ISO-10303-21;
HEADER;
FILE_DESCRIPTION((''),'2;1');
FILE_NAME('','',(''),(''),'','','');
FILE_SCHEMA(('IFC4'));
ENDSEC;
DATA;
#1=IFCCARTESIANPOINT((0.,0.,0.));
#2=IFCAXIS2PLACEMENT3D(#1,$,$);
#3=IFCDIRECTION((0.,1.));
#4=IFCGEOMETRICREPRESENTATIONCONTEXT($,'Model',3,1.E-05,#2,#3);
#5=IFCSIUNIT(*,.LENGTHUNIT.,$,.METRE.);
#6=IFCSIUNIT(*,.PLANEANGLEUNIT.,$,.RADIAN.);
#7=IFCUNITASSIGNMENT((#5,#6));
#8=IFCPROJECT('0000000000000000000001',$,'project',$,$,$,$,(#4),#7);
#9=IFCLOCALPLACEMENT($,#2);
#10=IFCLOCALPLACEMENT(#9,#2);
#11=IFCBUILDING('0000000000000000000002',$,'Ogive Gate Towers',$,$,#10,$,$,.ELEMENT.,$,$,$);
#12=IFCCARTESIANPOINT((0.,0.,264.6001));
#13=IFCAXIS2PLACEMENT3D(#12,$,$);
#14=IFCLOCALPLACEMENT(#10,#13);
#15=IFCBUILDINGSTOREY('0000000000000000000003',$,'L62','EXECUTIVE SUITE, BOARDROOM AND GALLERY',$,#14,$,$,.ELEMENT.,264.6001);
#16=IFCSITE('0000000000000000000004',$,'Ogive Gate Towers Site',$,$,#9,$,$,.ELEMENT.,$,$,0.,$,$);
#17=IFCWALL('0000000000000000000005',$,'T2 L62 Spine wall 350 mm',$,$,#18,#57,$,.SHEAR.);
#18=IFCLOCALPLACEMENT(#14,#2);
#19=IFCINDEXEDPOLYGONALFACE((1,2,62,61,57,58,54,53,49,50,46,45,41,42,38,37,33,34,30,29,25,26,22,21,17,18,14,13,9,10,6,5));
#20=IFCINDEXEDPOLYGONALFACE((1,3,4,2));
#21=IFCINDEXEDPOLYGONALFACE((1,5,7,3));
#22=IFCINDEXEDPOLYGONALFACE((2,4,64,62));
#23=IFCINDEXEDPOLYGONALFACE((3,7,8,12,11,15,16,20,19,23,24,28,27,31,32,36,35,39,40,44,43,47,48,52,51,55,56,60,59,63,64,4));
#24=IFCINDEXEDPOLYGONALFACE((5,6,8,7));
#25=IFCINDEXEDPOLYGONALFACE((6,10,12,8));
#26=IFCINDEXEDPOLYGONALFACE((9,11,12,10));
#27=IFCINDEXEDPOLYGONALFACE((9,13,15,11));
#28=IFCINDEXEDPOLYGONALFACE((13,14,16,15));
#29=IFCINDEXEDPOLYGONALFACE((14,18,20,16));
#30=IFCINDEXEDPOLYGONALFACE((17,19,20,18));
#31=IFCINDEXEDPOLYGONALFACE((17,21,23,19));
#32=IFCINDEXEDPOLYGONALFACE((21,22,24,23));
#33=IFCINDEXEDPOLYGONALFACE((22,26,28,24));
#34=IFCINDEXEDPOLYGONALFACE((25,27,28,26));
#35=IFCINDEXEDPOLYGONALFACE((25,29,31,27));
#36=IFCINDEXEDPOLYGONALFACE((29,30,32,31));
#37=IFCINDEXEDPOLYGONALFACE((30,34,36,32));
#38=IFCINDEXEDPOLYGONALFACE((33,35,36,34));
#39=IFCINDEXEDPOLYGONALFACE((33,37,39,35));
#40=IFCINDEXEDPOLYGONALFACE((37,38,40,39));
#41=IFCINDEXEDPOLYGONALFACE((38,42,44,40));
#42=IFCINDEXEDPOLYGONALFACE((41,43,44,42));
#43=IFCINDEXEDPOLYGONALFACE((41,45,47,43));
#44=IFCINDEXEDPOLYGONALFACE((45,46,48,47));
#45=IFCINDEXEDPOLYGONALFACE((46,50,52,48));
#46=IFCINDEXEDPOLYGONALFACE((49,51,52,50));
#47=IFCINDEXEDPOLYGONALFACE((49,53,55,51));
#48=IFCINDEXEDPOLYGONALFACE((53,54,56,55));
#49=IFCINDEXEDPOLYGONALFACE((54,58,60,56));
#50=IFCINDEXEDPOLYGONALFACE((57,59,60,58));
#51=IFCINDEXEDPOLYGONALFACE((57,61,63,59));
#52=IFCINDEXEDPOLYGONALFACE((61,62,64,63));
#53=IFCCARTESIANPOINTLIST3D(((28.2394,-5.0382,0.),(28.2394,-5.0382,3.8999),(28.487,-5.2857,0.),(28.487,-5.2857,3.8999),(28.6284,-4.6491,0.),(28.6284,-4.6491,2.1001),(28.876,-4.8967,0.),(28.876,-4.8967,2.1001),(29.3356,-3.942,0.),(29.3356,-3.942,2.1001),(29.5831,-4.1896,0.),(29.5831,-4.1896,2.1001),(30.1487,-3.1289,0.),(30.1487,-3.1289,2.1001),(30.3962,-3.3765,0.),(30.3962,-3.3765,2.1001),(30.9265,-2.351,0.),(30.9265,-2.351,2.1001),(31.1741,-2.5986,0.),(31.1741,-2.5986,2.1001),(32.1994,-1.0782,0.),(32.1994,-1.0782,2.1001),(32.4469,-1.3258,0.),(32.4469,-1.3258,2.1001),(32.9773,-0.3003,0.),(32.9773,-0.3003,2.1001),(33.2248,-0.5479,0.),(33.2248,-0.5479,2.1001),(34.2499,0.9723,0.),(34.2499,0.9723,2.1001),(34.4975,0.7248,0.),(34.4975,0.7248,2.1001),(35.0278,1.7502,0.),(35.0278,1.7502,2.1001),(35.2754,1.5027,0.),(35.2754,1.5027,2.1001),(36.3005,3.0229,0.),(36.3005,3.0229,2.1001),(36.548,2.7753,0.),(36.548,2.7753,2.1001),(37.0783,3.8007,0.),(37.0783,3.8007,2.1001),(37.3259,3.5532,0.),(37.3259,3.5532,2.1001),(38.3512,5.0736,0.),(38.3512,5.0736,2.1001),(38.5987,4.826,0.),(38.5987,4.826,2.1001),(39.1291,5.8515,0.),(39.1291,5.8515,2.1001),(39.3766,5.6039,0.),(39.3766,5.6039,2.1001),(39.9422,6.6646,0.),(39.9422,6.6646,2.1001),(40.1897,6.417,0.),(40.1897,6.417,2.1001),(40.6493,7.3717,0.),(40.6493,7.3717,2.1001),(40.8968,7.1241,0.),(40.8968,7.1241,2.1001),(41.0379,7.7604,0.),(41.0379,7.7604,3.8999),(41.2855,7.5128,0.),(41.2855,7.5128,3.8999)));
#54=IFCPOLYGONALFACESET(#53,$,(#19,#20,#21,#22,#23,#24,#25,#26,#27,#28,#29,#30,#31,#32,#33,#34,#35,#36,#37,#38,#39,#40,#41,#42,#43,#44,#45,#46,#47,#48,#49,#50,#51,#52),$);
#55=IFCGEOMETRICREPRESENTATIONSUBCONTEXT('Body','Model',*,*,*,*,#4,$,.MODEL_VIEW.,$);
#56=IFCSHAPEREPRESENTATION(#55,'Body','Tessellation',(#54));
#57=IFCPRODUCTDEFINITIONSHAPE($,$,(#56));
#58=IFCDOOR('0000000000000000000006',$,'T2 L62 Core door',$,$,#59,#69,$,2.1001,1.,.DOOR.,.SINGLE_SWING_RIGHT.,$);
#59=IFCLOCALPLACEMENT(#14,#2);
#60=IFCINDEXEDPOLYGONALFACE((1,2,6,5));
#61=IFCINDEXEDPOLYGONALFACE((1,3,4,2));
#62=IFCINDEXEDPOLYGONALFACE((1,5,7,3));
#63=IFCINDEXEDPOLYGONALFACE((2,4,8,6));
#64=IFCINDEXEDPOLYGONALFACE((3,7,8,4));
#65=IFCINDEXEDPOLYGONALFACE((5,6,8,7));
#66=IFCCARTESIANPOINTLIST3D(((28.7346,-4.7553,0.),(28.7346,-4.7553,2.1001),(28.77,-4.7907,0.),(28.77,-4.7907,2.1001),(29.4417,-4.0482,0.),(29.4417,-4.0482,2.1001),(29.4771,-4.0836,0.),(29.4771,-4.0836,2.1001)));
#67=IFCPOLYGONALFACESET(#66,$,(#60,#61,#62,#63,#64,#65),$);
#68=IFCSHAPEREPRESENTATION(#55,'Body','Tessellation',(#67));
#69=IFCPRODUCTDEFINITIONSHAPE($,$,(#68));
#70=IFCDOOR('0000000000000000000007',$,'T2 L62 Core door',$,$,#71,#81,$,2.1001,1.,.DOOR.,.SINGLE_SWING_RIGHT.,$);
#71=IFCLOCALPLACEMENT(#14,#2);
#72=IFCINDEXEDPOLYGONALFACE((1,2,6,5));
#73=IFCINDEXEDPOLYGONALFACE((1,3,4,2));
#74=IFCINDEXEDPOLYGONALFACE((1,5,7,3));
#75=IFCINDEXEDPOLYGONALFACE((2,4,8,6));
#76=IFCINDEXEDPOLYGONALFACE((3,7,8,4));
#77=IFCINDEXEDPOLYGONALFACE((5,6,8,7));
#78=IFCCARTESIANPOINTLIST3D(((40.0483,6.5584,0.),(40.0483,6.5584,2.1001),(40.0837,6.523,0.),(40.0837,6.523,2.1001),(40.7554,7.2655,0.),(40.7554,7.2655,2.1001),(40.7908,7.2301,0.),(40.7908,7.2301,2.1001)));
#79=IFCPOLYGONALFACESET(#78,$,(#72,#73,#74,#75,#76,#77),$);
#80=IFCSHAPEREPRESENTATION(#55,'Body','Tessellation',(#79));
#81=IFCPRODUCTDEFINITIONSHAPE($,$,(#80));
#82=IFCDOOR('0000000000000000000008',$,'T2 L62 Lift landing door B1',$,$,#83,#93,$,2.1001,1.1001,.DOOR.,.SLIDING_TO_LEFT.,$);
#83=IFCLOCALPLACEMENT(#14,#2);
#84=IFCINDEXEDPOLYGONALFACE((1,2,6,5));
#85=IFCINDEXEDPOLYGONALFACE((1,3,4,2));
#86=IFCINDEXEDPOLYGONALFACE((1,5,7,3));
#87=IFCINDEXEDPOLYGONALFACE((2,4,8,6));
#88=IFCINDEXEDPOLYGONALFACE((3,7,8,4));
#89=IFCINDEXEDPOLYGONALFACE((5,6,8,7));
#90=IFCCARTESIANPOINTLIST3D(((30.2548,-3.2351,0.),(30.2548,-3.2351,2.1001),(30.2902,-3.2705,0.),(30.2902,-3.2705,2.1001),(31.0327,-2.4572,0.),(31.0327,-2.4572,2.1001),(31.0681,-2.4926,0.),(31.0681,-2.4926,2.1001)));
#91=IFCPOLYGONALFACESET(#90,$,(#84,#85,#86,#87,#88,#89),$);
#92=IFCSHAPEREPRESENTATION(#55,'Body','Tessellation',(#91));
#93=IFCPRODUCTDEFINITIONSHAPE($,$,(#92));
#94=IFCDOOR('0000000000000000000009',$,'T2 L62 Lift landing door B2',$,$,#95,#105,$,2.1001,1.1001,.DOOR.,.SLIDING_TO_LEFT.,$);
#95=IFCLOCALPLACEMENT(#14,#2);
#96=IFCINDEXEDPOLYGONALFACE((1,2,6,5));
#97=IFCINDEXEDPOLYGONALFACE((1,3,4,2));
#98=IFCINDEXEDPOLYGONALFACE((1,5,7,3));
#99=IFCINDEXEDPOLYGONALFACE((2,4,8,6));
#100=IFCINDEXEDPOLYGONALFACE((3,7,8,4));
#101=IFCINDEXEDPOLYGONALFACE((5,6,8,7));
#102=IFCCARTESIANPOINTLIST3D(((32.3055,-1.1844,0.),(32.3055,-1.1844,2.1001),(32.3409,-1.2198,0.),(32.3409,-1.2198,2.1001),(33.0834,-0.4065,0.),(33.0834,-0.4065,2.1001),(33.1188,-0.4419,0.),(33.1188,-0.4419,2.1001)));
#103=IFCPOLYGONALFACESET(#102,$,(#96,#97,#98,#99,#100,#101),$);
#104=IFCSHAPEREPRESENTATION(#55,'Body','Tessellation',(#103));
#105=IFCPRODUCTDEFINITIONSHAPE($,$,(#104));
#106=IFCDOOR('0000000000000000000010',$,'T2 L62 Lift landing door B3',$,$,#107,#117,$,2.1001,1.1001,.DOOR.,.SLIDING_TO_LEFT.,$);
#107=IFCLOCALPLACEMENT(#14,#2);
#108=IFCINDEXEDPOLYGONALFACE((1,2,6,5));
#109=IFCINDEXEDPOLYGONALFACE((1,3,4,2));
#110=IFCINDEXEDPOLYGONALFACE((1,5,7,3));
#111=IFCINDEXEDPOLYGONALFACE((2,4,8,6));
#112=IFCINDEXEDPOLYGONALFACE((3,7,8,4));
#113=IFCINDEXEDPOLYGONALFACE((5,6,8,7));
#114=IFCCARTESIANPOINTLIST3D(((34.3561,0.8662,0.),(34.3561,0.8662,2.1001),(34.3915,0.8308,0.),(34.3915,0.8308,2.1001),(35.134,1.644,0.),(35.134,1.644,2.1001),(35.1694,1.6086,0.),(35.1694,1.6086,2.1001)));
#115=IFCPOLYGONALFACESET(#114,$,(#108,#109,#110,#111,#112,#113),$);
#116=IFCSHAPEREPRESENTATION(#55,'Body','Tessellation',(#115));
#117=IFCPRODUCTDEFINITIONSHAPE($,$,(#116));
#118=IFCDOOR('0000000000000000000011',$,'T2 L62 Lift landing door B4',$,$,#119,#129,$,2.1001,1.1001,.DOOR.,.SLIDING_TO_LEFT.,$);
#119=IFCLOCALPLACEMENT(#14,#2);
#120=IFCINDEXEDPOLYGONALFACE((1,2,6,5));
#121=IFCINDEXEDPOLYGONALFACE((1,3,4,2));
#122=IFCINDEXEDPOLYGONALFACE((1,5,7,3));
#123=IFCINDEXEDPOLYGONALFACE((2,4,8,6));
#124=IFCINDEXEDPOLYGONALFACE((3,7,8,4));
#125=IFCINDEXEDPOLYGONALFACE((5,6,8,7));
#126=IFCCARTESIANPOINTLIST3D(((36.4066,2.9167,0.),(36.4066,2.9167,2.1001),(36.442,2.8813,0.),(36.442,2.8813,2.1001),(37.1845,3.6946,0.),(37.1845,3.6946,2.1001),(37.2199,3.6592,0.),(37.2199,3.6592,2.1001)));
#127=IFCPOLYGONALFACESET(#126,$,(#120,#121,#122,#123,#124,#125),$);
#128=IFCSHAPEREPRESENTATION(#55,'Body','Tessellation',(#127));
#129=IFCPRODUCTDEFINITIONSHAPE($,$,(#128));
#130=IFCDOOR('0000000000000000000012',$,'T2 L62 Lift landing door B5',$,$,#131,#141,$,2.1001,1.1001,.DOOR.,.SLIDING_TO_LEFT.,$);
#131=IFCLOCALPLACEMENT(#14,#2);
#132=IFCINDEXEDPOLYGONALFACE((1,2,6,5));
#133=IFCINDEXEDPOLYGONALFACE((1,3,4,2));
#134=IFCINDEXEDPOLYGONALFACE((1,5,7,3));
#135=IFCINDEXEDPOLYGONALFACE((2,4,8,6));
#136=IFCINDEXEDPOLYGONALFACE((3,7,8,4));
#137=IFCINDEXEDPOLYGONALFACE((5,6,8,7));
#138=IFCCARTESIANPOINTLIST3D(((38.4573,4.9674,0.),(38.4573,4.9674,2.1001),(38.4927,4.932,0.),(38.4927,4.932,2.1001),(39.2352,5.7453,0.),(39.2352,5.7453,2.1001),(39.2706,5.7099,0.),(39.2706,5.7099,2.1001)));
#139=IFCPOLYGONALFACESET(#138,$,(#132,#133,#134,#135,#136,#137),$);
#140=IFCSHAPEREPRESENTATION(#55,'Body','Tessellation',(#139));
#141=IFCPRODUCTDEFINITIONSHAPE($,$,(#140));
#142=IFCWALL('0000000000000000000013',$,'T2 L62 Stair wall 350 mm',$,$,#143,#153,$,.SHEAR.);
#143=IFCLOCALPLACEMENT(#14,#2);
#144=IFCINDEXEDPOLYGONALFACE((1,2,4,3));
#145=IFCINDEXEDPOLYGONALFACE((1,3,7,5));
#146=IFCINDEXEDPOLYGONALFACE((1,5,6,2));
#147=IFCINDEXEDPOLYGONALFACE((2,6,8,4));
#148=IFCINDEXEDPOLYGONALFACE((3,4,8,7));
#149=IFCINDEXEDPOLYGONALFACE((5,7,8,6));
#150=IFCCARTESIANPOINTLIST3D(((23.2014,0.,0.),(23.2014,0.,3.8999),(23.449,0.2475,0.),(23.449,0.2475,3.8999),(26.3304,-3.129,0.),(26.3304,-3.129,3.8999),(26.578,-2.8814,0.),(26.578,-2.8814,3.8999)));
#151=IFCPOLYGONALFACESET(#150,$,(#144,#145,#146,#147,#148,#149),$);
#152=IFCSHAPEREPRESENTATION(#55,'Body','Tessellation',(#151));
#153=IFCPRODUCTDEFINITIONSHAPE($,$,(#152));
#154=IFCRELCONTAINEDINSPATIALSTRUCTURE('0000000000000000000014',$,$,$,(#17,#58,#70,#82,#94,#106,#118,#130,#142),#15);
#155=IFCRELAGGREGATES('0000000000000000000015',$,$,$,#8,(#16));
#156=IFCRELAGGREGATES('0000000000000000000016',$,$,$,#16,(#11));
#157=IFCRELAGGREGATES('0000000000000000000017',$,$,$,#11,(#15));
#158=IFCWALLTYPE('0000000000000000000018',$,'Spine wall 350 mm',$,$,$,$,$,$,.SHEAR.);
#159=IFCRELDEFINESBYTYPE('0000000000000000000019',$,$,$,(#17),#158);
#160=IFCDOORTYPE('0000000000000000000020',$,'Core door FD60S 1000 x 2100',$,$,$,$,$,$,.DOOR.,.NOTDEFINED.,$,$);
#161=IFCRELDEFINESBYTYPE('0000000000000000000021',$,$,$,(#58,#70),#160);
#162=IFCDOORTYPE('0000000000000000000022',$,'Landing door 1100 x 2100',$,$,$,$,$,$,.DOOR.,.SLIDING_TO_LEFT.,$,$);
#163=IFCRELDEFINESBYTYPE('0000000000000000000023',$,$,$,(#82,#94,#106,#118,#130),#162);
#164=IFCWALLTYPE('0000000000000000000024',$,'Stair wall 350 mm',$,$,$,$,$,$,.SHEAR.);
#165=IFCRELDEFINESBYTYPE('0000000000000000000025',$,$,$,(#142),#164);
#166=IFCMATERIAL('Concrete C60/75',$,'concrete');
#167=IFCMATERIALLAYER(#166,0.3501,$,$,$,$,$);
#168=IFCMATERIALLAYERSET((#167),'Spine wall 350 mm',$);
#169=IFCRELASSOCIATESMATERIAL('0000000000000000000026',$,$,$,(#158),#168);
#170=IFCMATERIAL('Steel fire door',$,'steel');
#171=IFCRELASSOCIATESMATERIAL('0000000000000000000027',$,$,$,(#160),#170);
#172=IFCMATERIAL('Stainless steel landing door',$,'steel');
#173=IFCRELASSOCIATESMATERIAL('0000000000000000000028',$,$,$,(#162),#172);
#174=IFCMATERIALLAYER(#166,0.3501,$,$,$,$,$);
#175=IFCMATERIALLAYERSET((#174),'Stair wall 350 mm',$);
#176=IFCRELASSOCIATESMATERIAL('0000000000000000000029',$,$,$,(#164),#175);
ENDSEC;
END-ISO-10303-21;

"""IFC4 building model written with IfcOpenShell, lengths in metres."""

from ifc_helpers import new_model, si_unit, direction, frame, frame_2d, origin, place, context, subcontext, project, spatial, rectangle, extrude, material, layer, layer_set, type_object, element, fill, save


model = new_model("IFC4")

# Units and contexts
model_context = context("Model", 3, precision=1e-05, world=origin(), true_north=direction((0.0, 1.0)))
body_context = subcontext(model_context, "Body", "Model", "MODEL_VIEW")
ifc_project = project(units=[si_unit("LENGTHUNIT", "METRE"), si_unit("PLANEANGLEUNIT", "RADIAN")], contexts=[model_context])

# Site, building, storey
site_placement = place(None, origin())
site = spatial("IfcSite", under=ifc_project, at=site_placement, Name="Ogive Gate Towers Site", CompositionType="ELEMENT", RefElevation=0.0)
building_placement = place(site_placement, origin())
building = spatial("IfcBuilding", under=site, at=building_placement, Name="Ogive Gate Towers", CompositionType="ELEMENT")
storey_placement = place(building_placement, frame((0.0, 0.0, 264.6001)))
storey = spatial("IfcBuildingStorey", under=building, at=storey_placement, Name="L62", Description="EXECUTIVE SUITE, BOARDROOM AND GALLERY", CompositionType="ELEMENT", Elevation=264.6001)

# Shared definitions
ifc_material_1 = material(Name="Concrete C60/75", Category="concrete")

# Wall, openings, doors
ifc_layer_1 = layer(ifc_material_1, 0.3501)
ifc_layer_set_1 = layer_set([ifc_layer_1], Name="Spine wall 350 mm")
wall_type_1 = type_object("IfcWallType", Name="Spine wall 350 mm", PredefinedType="SHEAR", material=ifc_layer_set_1)
wall_1_placement = place(storey_placement, frame((28.3633, -5.1619, 0.0), z_axis=(0.0, 0.0, 1.0), x_axis=(0.707107, 0.707107, 0.0)))
wall_1 = element("IfcWall", 1, at=wall_1_placement, inside=storey, type_object=wall_type_1, Name="T2 L62 Spine wall 350 mm", PredefinedType="SHEAR", context=body_context, shape_type="SweptSolid", body=[
    extrude(rectangle(XDim=18.0999, YDim=0.3501, at=frame_2d((9.0498, 0.0))), origin(), (0.0, 0.0, 1.0), 3.8999),
])
opening_1_placement = place(wall_1_placement, frame((0.55, 0.0, 0.0)))
opening_1 = element("IfcOpeningElement", 2, at=opening_1_placement, cuts=wall_1, PredefinedType="OPENING", context=body_context, shape_type="SweptSolid", body=[
    extrude(rectangle(XDim=1.0, YDim=2.1001, at=frame_2d((0.5, 1.05))), frame((0.0, 0.1851, 0.0), z_axis=(0.0, -1.0, 0.0), x_axis=(1.0, 0.0, 0.0)), (0.0, 0.0, 1.0), 0.3701),
])
opening_2_placement = place(wall_1_placement, frame((2.7, 0.0, 0.0)))
opening_2 = element("IfcOpeningElement", 3, at=opening_2_placement, cuts=wall_1, PredefinedType="OPENING", context=body_context, shape_type="SweptSolid", body=[
    extrude(rectangle(XDim=1.1001, YDim=2.1001, at=frame_2d((0.55, 1.05))), frame((0.0, 0.1851, 0.0), z_axis=(0.0, -1.0, 0.0), x_axis=(1.0, 0.0, 0.0)), (0.0, 0.0, 1.0), 0.3701),
])
opening_3_placement = place(wall_1_placement, frame((5.6001, 0.0, 0.0)))
opening_3 = element("IfcOpeningElement", 4, at=opening_3_placement, cuts=wall_1, PredefinedType="OPENING", context=body_context, shape_type="SweptSolid", body=[
    extrude(rectangle(XDim=1.1001, YDim=2.1001, at=frame_2d((0.55, 1.05))), frame((0.0, 0.1851, 0.0), z_axis=(0.0, -1.0, 0.0), x_axis=(1.0, 0.0, 0.0)), (0.0, 0.0, 1.0), 0.3701),
])
opening_4_placement = place(wall_1_placement, frame((8.5, 0.0, 0.0)))
opening_4 = element("IfcOpeningElement", 5, at=opening_4_placement, cuts=wall_1, PredefinedType="OPENING", context=body_context, shape_type="SweptSolid", body=[
    extrude(rectangle(XDim=1.1001, YDim=2.1001, at=frame_2d((0.55, 1.05))), frame((0.0, 0.1851, 0.0), z_axis=(0.0, -1.0, 0.0), x_axis=(1.0, 0.0, 0.0)), (0.0, 0.0, 1.0), 0.3701),
])
opening_5_placement = place(wall_1_placement, frame((11.3999, 0.0, 0.0)))
opening_5 = element("IfcOpeningElement", 6, at=opening_5_placement, cuts=wall_1, PredefinedType="OPENING", context=body_context, shape_type="SweptSolid", body=[
    extrude(rectangle(XDim=1.1001, YDim=2.1001, at=frame_2d((0.55, 1.05))), frame((0.0, 0.1851, 0.0), z_axis=(0.0, -1.0, 0.0), x_axis=(1.0, 0.0, 0.0)), (0.0, 0.0, 1.0), 0.3701),
])
opening_6_placement = place(wall_1_placement, frame((14.3, 0.0, 0.0)))
opening_6 = element("IfcOpeningElement", 7, at=opening_6_placement, cuts=wall_1, PredefinedType="OPENING", context=body_context, shape_type="SweptSolid", body=[
    extrude(rectangle(XDim=1.1001, YDim=2.1001, at=frame_2d((0.55, 1.05))), frame((0.0, 0.1851, 0.0), z_axis=(0.0, -1.0, 0.0), x_axis=(1.0, 0.0, 0.0)), (0.0, 0.0, 1.0), 0.3701),
])
opening_7_placement = place(wall_1_placement, frame((16.55, 0.0, 0.0)))
opening_7 = element("IfcOpeningElement", 8, at=opening_7_placement, cuts=wall_1, PredefinedType="OPENING", context=body_context, shape_type="SweptSolid", body=[
    extrude(rectangle(XDim=1.0, YDim=2.1001, at=frame_2d((0.5, 1.05))), frame((0.0, 0.1851, 0.0), z_axis=(0.0, -1.0, 0.0), x_axis=(1.0, 0.0, 0.0)), (0.0, 0.0, 1.0), 0.3701),
])
ifc_material_2 = material(Name="Steel fire door", Category="steel")
door_type_1 = type_object("IfcDoorType", Name="Core door FD60S 1000 x 2100", OperationType="NOTDEFINED", PredefinedType="DOOR", material=ifc_material_2)
door_1_placement = place(opening_1_placement, origin())
door_1 = element("IfcDoor", 9, at=door_1_placement, inside=storey, type_object=door_type_1, Name="T2 L62 Core door", OperationType="SINGLE_SWING_RIGHT", OverallHeight=2.1001, OverallWidth=1.0, PredefinedType="DOOR", context=body_context, shape_type="SweptSolid", body=[
    extrude(rectangle(XDim=1.0, YDim=2.1001, at=frame_2d((0.5, 1.05))), frame((0.0, 0.0249, 0.0), z_axis=(0.0, -1.0, 0.0), x_axis=(1.0, 0.0, 0.0)), (0.0, 0.0, 1.0), 0.05),
])
fill(opening_1, door_1)
door_2_placement = place(opening_7_placement, origin())
door_2 = element("IfcDoor", 10, at=door_2_placement, inside=storey, type_object=door_type_1, Name="T2 L62 Core door", OperationType="SINGLE_SWING_RIGHT", OverallHeight=2.1001, OverallWidth=1.0, PredefinedType="DOOR", context=body_context, shape_type="SweptSolid", body=[
    extrude(rectangle(XDim=1.0, YDim=2.1001, at=frame_2d((0.5, 1.05))), frame((0.0, 0.0249, 0.0), z_axis=(0.0, -1.0, 0.0), x_axis=(1.0, 0.0, 0.0)), (0.0, 0.0, 1.0), 0.05),
])
fill(opening_7, door_2)
ifc_material_3 = material(Name="Stainless steel landing door", Category="steel")
door_type_2 = type_object("IfcDoorType", Name="Landing door 1100 x 2100", OperationType="SLIDING_TO_LEFT", PredefinedType="DOOR", material=ifc_material_3)
door_3_placement = place(opening_2_placement, origin())
door_3 = element("IfcDoor", 11, at=door_3_placement, inside=storey, type_object=door_type_2, Name="T2 L62 Lift landing door B1", OperationType="SLIDING_TO_LEFT", OverallHeight=2.1001, OverallWidth=1.1001, PredefinedType="DOOR", context=body_context, shape_type="SweptSolid", body=[
    extrude(rectangle(XDim=1.1001, YDim=2.1001, at=frame_2d((0.55, 1.05))), frame((0.0, 0.0249, 0.0), z_axis=(0.0, -1.0, 0.0), x_axis=(1.0, 0.0, 0.0)), (0.0, 0.0, 1.0), 0.05),
])
fill(opening_2, door_3)
door_4_placement = place(opening_3_placement, origin())
door_4 = element("IfcDoor", 12, at=door_4_placement, inside=storey, type_object=door_type_2, Name="T2 L62 Lift landing door B2", OperationType="SLIDING_TO_LEFT", OverallHeight=2.1001, OverallWidth=1.1001, PredefinedType="DOOR", context=body_context, shape_type="SweptSolid", body=[
    extrude(rectangle(XDim=1.1001, YDim=2.1001, at=frame_2d((0.55, 1.05))), frame((0.0, 0.0249, 0.0), z_axis=(0.0, -1.0, 0.0), x_axis=(1.0, 0.0, 0.0)), (0.0, 0.0, 1.0), 0.05),
])
fill(opening_3, door_4)
door_5_placement = place(opening_4_placement, origin())
door_5 = element("IfcDoor", 13, at=door_5_placement, inside=storey, type_object=door_type_2, Name="T2 L62 Lift landing door B3", OperationType="SLIDING_TO_LEFT", OverallHeight=2.1001, OverallWidth=1.1001, PredefinedType="DOOR", context=body_context, shape_type="SweptSolid", body=[
    extrude(rectangle(XDim=1.1001, YDim=2.1001, at=frame_2d((0.55, 1.05))), frame((0.0, 0.0249, 0.0), z_axis=(0.0, -1.0, 0.0), x_axis=(1.0, 0.0, 0.0)), (0.0, 0.0, 1.0), 0.05),
])
fill(opening_4, door_5)
door_6_placement = place(opening_5_placement, origin())
door_6 = element("IfcDoor", 14, at=door_6_placement, inside=storey, type_object=door_type_2, Name="T2 L62 Lift landing door B4", OperationType="SLIDING_TO_LEFT", OverallHeight=2.1001, OverallWidth=1.1001, PredefinedType="DOOR", context=body_context, shape_type="SweptSolid", body=[
    extrude(rectangle(XDim=1.1001, YDim=2.1001, at=frame_2d((0.55, 1.05))), frame((0.0, 0.0249, 0.0), z_axis=(0.0, -1.0, 0.0), x_axis=(1.0, 0.0, 0.0)), (0.0, 0.0, 1.0), 0.05),
])
fill(opening_5, door_6)
door_7_placement = place(opening_6_placement, origin())
door_7 = element("IfcDoor", 15, at=door_7_placement, inside=storey, type_object=door_type_2, Name="T2 L62 Lift landing door B5", OperationType="SLIDING_TO_LEFT", OverallHeight=2.1001, OverallWidth=1.1001, PredefinedType="DOOR", context=body_context, shape_type="SweptSolid", body=[
    extrude(rectangle(XDim=1.1001, YDim=2.1001, at=frame_2d((0.55, 1.05))), frame((0.0, 0.0249, 0.0), z_axis=(0.0, -1.0, 0.0), x_axis=(1.0, 0.0, 0.0)), (0.0, 0.0, 1.0), 0.05),
])
fill(opening_6, door_7)

# Wall
ifc_layer_2 = layer(ifc_material_1, 0.3501)
ifc_layer_set_2 = layer_set([ifc_layer_2], Name="Stair wall 350 mm")
wall_type_2 = type_object("IfcWallType", Name="Stair wall 350 mm", PredefinedType="SHEAR", material=ifc_layer_set_2)
wall_2_placement = place(storey_placement, frame((26.4541, -3.0051, 0.0), z_axis=(0.0, 0.0, 1.0), x_axis=(-0.707107, 0.707107, 0.0)))
element("IfcWall", 16, at=wall_2_placement, inside=storey, type_object=wall_type_2, Name="T2 L62 Stair wall 350 mm", PredefinedType="SHEAR", context=body_context, shape_type="SweptSolid", body=[
    extrude(rectangle(XDim=4.425, YDim=0.3501, at=frame_2d((2.2124, 0.0))), origin(), (0.0, 0.0, 1.0), 3.8999),
])

save(model, "model.ifc")
